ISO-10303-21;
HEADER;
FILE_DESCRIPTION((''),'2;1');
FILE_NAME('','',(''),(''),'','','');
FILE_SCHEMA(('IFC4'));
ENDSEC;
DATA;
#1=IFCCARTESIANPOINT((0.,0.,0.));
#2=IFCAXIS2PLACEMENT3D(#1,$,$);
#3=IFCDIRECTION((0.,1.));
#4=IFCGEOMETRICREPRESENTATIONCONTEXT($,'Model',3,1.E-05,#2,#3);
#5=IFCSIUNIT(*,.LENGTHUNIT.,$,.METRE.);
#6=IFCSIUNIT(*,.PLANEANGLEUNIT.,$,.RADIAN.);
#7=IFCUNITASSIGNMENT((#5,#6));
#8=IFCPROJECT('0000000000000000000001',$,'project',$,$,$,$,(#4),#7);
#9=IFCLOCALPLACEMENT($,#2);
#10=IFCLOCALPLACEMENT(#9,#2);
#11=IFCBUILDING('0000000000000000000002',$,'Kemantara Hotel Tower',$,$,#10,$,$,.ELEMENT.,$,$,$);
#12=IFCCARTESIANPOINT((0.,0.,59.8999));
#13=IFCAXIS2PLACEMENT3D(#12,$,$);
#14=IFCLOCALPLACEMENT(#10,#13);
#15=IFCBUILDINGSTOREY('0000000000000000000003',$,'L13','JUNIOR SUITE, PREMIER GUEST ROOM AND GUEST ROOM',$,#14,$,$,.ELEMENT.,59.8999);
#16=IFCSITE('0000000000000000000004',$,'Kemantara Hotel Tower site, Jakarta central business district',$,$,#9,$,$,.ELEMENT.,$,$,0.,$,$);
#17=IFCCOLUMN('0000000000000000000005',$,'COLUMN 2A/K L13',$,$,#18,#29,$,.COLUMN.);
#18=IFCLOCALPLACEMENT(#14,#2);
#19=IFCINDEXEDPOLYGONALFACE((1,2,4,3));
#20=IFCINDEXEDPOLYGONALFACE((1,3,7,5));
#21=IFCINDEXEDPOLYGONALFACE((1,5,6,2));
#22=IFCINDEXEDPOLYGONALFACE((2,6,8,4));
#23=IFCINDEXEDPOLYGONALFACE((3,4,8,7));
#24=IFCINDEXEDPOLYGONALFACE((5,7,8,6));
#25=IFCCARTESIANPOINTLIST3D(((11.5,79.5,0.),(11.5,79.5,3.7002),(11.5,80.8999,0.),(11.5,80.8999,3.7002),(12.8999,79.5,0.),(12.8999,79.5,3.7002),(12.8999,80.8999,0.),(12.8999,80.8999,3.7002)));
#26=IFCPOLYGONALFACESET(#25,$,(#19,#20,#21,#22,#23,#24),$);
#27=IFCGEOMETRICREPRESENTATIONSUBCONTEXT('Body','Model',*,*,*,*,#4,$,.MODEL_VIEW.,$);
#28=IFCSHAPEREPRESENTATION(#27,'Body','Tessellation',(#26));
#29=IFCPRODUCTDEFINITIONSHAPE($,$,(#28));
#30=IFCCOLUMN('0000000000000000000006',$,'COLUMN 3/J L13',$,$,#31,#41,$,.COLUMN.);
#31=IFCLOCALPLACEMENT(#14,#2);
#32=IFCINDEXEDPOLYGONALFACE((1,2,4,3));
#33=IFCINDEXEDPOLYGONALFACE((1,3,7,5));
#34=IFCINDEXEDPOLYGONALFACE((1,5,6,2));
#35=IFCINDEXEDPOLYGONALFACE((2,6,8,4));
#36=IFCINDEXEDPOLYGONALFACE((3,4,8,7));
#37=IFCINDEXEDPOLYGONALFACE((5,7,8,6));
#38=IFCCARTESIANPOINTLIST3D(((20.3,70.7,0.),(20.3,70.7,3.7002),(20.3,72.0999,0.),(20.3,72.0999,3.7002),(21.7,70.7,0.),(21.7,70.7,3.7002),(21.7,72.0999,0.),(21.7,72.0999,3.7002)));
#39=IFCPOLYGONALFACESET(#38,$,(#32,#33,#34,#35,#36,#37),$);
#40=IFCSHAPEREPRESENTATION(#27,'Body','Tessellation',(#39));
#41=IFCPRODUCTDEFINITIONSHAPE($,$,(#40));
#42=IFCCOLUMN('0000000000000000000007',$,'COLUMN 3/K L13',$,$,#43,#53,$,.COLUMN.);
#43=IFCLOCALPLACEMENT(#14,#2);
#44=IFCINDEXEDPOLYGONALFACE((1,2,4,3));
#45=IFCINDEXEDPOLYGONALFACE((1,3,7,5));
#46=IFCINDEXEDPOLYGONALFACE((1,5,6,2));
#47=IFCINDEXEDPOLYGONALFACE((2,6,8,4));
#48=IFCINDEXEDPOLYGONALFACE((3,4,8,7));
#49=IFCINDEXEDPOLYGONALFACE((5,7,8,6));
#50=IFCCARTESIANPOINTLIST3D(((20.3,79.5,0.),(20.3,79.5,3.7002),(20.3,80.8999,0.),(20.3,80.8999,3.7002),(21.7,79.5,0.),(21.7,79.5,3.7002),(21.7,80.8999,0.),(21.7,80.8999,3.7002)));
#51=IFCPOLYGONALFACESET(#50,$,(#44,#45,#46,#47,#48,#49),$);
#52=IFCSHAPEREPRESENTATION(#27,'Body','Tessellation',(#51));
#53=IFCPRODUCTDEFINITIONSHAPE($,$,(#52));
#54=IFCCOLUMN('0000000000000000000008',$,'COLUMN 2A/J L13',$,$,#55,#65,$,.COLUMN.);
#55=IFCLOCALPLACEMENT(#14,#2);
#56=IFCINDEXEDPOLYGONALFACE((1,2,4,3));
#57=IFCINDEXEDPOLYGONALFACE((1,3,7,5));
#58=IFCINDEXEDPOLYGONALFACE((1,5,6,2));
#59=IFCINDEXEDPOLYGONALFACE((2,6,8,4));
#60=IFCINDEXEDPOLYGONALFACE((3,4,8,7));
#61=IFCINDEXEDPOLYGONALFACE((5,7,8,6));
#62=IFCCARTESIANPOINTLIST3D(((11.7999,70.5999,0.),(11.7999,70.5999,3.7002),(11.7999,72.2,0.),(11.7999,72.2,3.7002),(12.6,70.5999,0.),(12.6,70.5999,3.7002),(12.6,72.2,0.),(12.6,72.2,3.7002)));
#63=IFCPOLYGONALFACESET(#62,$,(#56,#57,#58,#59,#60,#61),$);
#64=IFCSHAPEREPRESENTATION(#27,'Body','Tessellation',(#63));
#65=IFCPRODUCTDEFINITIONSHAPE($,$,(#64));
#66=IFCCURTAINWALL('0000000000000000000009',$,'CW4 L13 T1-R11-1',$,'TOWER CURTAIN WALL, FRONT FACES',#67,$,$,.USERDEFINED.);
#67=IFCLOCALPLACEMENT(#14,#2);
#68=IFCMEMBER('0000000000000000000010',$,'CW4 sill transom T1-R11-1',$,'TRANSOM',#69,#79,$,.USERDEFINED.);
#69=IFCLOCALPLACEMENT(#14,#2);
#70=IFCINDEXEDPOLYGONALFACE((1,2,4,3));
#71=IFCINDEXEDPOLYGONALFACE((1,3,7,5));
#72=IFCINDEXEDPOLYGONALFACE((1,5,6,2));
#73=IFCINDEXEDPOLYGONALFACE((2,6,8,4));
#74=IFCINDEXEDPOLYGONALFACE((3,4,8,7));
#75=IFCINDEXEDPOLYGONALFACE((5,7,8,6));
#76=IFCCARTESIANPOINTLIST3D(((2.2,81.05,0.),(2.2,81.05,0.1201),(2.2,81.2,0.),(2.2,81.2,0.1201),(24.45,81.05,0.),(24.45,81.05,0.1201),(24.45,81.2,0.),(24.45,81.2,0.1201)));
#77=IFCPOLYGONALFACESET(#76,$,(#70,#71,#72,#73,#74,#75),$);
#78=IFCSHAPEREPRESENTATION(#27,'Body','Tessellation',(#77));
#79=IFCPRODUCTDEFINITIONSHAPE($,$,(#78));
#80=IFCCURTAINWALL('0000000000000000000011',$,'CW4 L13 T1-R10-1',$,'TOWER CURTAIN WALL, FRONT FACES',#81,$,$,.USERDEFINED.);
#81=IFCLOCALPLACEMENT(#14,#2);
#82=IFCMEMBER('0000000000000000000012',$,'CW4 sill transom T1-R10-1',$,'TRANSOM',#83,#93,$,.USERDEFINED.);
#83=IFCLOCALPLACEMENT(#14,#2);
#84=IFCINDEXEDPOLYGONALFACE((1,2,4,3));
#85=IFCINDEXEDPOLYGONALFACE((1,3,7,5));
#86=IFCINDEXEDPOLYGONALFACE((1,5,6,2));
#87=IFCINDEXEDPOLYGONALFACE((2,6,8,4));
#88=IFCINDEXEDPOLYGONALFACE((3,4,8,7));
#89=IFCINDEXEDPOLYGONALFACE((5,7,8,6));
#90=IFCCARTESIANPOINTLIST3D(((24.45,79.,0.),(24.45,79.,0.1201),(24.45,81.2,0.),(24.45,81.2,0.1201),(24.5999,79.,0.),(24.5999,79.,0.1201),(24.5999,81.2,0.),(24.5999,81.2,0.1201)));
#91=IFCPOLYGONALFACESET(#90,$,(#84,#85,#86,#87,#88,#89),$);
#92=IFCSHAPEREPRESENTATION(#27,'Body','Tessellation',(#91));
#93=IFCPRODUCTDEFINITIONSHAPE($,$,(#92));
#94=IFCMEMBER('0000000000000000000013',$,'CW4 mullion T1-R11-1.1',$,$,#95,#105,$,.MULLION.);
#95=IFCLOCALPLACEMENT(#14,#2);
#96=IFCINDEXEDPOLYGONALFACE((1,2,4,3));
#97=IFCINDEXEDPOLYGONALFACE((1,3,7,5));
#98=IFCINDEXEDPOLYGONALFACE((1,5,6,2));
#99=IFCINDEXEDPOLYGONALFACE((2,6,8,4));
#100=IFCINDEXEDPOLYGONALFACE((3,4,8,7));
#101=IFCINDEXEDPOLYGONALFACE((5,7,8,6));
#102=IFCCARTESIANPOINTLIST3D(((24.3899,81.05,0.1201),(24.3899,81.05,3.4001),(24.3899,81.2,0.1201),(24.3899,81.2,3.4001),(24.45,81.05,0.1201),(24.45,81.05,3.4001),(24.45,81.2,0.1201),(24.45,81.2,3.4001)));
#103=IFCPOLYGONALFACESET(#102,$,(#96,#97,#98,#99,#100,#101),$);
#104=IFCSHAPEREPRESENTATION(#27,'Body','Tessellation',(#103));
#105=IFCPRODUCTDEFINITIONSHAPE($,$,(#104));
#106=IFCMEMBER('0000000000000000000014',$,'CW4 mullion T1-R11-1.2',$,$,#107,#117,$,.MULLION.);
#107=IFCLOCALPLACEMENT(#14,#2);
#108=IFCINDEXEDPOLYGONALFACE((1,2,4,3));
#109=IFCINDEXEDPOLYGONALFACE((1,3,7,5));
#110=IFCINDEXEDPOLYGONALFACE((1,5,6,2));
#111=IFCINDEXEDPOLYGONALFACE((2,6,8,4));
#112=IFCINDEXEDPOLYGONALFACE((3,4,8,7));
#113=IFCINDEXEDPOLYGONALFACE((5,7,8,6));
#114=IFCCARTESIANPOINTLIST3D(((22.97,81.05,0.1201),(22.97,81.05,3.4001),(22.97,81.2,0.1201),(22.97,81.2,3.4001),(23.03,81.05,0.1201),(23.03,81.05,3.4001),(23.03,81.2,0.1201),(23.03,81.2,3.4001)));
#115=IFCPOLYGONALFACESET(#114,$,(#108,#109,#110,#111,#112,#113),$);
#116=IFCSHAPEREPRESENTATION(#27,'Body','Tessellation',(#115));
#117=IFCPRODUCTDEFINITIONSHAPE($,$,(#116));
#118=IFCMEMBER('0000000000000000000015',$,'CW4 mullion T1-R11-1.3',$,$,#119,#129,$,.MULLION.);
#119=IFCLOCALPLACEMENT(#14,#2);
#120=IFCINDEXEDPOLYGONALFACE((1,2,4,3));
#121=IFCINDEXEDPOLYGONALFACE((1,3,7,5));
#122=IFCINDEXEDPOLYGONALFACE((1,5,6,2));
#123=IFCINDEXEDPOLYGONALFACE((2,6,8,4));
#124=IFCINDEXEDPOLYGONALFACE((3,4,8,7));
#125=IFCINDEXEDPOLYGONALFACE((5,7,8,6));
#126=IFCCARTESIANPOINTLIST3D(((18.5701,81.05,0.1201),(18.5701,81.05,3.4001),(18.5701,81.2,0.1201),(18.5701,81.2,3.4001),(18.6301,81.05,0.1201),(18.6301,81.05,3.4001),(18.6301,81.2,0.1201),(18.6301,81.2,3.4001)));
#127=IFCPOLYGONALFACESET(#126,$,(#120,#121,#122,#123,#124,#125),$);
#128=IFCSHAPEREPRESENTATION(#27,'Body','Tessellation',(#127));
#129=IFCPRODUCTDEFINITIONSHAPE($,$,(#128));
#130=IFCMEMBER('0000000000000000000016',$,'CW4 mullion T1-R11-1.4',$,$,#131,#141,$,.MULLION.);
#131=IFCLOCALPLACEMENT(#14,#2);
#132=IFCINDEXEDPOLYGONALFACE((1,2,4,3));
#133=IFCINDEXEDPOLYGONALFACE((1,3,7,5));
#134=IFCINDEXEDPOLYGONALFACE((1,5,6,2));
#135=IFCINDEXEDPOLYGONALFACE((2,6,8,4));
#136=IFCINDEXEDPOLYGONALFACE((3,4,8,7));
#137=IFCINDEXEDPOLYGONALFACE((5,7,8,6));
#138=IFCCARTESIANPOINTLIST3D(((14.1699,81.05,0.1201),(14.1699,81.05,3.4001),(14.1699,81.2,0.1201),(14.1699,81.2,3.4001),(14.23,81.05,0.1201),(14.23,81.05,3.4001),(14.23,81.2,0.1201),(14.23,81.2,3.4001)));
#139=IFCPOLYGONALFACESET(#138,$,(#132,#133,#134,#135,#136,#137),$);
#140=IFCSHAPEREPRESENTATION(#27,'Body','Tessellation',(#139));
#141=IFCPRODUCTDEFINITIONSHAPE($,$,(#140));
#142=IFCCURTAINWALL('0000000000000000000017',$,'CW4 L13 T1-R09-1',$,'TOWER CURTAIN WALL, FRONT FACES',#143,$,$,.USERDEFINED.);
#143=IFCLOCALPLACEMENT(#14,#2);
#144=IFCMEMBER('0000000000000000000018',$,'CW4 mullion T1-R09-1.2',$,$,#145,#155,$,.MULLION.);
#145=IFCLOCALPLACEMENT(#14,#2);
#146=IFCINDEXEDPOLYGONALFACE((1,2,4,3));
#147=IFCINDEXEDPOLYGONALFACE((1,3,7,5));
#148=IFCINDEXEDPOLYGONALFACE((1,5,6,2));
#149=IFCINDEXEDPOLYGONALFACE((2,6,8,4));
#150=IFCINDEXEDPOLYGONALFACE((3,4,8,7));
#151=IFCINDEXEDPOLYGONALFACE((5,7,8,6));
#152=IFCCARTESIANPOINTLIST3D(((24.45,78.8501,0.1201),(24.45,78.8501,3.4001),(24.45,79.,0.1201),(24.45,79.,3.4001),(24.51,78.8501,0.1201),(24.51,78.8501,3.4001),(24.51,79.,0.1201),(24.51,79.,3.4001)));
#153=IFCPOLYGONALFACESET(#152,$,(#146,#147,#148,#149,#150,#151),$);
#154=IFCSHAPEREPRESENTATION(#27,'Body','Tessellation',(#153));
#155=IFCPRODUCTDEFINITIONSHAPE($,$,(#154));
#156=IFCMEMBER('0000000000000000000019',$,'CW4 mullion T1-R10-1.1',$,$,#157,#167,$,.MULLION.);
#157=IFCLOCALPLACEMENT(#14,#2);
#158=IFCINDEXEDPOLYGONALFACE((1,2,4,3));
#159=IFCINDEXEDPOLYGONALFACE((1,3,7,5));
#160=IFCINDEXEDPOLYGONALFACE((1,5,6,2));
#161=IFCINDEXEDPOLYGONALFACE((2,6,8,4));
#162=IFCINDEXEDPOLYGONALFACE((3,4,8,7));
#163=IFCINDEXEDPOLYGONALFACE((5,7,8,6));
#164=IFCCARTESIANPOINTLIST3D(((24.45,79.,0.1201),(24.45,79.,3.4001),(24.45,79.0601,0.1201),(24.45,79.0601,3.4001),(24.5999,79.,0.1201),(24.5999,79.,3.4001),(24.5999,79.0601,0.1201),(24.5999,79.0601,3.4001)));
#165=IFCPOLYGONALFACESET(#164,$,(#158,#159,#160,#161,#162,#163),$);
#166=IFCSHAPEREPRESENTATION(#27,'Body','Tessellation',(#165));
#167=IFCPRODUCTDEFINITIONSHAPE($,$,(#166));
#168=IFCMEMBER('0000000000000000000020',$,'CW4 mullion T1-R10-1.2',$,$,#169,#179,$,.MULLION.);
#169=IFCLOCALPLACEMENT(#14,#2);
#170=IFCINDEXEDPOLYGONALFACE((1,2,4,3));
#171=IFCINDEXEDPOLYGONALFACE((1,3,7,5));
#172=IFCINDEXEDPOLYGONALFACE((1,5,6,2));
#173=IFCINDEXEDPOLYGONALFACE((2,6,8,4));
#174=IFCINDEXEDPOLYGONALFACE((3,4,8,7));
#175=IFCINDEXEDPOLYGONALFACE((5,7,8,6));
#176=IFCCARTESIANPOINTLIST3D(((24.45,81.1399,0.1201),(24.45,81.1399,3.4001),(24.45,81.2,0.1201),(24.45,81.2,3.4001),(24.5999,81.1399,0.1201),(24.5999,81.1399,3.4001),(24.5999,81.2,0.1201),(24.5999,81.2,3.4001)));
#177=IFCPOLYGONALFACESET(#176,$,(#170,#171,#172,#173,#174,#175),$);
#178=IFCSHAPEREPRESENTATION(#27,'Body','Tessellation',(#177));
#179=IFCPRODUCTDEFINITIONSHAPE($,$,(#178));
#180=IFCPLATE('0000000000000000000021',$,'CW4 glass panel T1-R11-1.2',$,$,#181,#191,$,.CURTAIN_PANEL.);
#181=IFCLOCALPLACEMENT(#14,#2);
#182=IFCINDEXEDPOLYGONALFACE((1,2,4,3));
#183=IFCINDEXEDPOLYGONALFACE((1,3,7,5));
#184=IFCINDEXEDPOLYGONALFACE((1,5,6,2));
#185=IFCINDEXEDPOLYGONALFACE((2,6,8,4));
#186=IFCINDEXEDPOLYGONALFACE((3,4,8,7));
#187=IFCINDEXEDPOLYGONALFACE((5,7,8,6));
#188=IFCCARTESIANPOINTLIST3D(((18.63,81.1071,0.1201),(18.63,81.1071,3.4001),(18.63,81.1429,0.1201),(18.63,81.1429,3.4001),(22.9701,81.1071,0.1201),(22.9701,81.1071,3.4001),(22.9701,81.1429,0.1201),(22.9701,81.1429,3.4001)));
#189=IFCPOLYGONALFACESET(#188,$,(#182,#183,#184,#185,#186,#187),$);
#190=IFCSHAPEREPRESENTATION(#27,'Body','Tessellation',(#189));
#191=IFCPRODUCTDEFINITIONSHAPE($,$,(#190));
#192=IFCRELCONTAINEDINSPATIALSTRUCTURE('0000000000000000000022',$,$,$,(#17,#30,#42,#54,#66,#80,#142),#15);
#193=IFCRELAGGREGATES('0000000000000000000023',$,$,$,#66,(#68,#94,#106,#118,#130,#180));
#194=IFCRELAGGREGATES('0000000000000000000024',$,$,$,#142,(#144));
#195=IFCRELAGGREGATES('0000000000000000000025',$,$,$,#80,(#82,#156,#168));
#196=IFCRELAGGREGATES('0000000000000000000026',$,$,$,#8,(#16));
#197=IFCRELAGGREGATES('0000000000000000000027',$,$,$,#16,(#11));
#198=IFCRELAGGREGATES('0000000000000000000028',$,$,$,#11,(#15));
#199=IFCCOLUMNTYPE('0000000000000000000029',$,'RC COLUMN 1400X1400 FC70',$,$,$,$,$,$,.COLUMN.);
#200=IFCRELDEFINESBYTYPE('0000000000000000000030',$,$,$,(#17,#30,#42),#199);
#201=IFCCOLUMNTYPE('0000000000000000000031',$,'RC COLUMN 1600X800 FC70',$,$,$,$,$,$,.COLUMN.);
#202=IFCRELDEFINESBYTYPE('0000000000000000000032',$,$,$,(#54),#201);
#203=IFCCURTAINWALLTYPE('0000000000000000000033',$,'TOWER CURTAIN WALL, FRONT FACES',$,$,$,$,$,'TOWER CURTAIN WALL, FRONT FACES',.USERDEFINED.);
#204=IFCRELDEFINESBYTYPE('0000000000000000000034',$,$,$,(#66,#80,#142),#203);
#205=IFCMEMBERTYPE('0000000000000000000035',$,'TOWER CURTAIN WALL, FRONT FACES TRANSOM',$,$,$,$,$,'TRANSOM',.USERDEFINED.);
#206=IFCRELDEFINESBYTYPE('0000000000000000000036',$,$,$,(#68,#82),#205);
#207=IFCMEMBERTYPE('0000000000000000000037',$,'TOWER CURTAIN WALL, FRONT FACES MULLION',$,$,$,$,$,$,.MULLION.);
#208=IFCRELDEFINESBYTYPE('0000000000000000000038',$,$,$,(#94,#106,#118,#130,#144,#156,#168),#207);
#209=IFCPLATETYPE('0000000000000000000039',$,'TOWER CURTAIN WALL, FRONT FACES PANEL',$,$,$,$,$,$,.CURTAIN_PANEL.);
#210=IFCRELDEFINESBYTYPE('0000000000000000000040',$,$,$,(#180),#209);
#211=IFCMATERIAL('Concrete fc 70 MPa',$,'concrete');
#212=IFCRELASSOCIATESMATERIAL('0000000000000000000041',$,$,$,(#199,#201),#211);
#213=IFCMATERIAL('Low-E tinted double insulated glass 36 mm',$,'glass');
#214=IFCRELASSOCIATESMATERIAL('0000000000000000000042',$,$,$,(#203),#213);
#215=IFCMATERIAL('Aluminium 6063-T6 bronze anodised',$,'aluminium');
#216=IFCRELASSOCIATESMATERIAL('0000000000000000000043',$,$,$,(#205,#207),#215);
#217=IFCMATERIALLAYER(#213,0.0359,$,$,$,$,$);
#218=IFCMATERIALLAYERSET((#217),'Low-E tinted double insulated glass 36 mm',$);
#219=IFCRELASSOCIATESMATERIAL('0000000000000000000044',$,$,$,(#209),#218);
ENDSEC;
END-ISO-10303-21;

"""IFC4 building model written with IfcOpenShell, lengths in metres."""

from ifc_helpers import new_model, si_unit, direction, frame, origin, origin_2d, place, context, subcontext, project, spatial, rectangle, extrude, source, transform, mapped, material, layer, layer_set, material_profile, profile_set, type_object, element, aggregate, save


model = new_model("IFC4")

# Units and contexts
model_context = context("Model", 3, precision=1e-05, world=origin(), true_north=direction((0.0, 1.0)))
body_context = subcontext(model_context, "Body", "Model", "MODEL_VIEW")
ifc_project = project(units=[si_unit("LENGTHUNIT", "METRE"), si_unit("PLANEANGLEUNIT", "RADIAN")], contexts=[model_context])

# Site, building, storey
site_placement = place(None, origin())
site = spatial("IfcSite", under=ifc_project, at=site_placement, Name="Kemantara Hotel Tower site, Jakarta central business district", CompositionType="ELEMENT", RefElevation=0.0)
building_placement = place(site_placement, origin())
building = spatial("IfcBuilding", under=site, at=building_placement, Name="Kemantara Hotel Tower", CompositionType="ELEMENT")
storey_placement = place(building_placement, frame((0.0, 0.0, 59.8999)))
storey = spatial("IfcBuildingStorey", under=building, at=storey_placement, Name="L13", Description="JUNIOR SUITE, PREMIER GUEST ROOM AND GUEST ROOM", CompositionType="ELEMENT", Elevation=59.8999)

# Columns
ifc_material_1 = material(Name="Concrete fc 70 MPa", Category="concrete")
ifc_material_profile_1 = material_profile(ifc_material_1, rectangle(XDim=1.3999, YDim=1.3999, at=origin_2d()), Name="RC 1400X1400")
ifc_profile_set_1 = profile_set([ifc_material_profile_1], Name="Concrete fc 70 MPa")
column_type_1 = type_object("IfcColumnType", Name="RC COLUMN 1400X1400 FC70", PredefinedType="COLUMN", material=ifc_profile_set_1)
for number, where, z_axis, x_axis, name in (
    (1, (12.2, 80.2, 0.0), (0.0, 0.0, 1.0), (1.0, 0.0, 0.0), "COLUMN 2A/K L13"),
    (2, (21.0, 71.3999, 0.0), (0.0, 0.0, 1.0), (1.0, 0.0, 0.0), "COLUMN 3/J L13"),
    (3, (21.0, 80.2, 0.0), (0.0, 0.0, 1.0), (1.0, 0.0, 0.0), "COLUMN 3/K L13"),
):
    element("IfcColumn", number, at=place(storey_placement, frame(where, z_axis=z_axis, x_axis=x_axis)), inside=storey, type_object=column_type_1, Name=name, PredefinedType="COLUMN", context=body_context, shape_type="SweptSolid", body=[
        extrude(rectangle(XDim=1.3999, YDim=1.3999, at=origin_2d()), origin(), (0.0, 0.0, 1.0), 3.7002),
    ])
ifc_material_profile_2 = material_profile(ifc_material_1, rectangle(XDim=1.6001, YDim=0.8, at=origin_2d()), Name="RC 1600X800")
ifc_profile_set_2 = profile_set([ifc_material_profile_2], Name="Concrete fc 70 MPa")
column_type_2 = type_object("IfcColumnType", Name="RC COLUMN 1600X800 FC70", PredefinedType="COLUMN", material=ifc_profile_set_2)
column_placement = place(storey_placement, frame((12.2, 71.3999, 0.0), z_axis=(0.0, 0.0, 1.0), x_axis=(0.0, 1.0, 0.0)))
element("IfcColumn", 4, at=column_placement, inside=storey, type_object=column_type_2, Name="COLUMN 2A/J L13", PredefinedType="COLUMN", context=body_context, shape_type="SweptSolid", body=[
    extrude(rectangle(XDim=1.6001, YDim=0.8, at=origin_2d()), origin(), (0.0, 0.0, 1.0), 3.7002),
])

# Curtain walls, members
ifc_material_2 = material(Name="Low-E tinted double insulated glass 36 mm", Category="glass")
curtain_wall_type = type_object("IfcCurtainWallType", Name="TOWER CURTAIN WALL, FRONT FACES", ElementType="TOWER CURTAIN WALL, FRONT FACES", PredefinedType="USERDEFINED", material=ifc_material_2)
curtain_wall_1_placement = place(storey_placement, origin())
curtain_wall_1 = element("IfcCurtainWall", 5, at=curtain_wall_1_placement, inside=storey, type_object=curtain_wall_type, Name="CW4 L13 T1-R11-1", ObjectType="TOWER CURTAIN WALL, FRONT FACES", PredefinedType="USERDEFINED")
ifc_material_3 = material(Name="Aluminium 6063-T6 bronze anodised", Category="aluminium")
ifc_material_profile_3 = material_profile(ifc_material_3, rectangle(XDim=0.1499, YDim=0.1201, at=origin_2d()), Name="TOWER CURTAIN WALL, FRONT FACES TRANSOM")
ifc_profile_set_3 = profile_set([ifc_material_profile_3], Name="Aluminium 6063-T6 bronze anodised")
member_type_1 = type_object("IfcMemberType", Name="TOWER CURTAIN WALL, FRONT FACES TRANSOM", ElementType="TRANSOM", PredefinedType="USERDEFINED", material=ifc_profile_set_3)
member_1_placement = place(storey_placement, frame((24.45, 81.125, 0.0601), z_axis=(-1.0, 0.0, 0.0), x_axis=(0.0, -1.0, 0.0)))
member_1 = element("IfcMember", 6, at=member_1_placement, type_object=member_type_1, Name="CW4 sill transom T1-R11-1", ObjectType="TRANSOM", PredefinedType="USERDEFINED", context=body_context, shape_type="SweptSolid", body=[
    extrude(rectangle(XDim=0.1499, YDim=0.1201, at=origin_2d()), origin(), (0.0, 0.0, 1.0), 22.25),
])
curtain_wall_2_placement = place(storey_placement, origin())
curtain_wall_2 = element("IfcCurtainWall", 7, at=curtain_wall_2_placement, inside=storey, type_object=curtain_wall_type, Name="CW4 L13 T1-R10-1", ObjectType="TOWER CURTAIN WALL, FRONT FACES", PredefinedType="USERDEFINED")
member_2_placement = place(storey_placement, frame((24.5249, 79.0, 0.0601), z_axis=(0.0, 1.0, 0.0), x_axis=(-1.0, 0.0, 0.0)))
member_2 = element("IfcMember", 8, at=member_2_placement, type_object=member_type_1, Name="CW4 sill transom T1-R10-1", ObjectType="TRANSOM", PredefinedType="USERDEFINED", context=body_context, shape_type="SweptSolid", body=[
    extrude(rectangle(XDim=0.1499, YDim=0.1201, at=origin_2d()), origin(), (0.0, 0.0, 1.0), 2.2),
])

# Members
ifc_material_profile_4 = material_profile(ifc_material_3, rectangle(XDim=0.1499, YDim=0.0601, at=origin_2d()), Name="TOWER CURTAIN WALL, FRONT FACES MULLION")
ifc_profile_set_4 = profile_set([ifc_material_profile_4], Name="Aluminium 6063-T6 bronze anodised")
member_type_2 = type_object("IfcMemberType", Name="TOWER CURTAIN WALL, FRONT FACES MULLION", PredefinedType="MULLION", material=ifc_profile_set_4)
shared_shape_1 = source(origin(), body_context, "Body", "SweptSolid", [
    extrude(rectangle(XDim=0.1499, YDim=0.0601, at=origin_2d()), origin(), (0.0, 0.0, 1.0), 3.28),
])
member_3_placement = place(storey_placement, frame((24.4199, 81.125, 0.1201), z_axis=(0.0, 0.0, 1.0), x_axis=(0.0, -1.0, 0.0)))
member_3 = element("IfcMember", 9, at=member_3_placement, type_object=member_type_2, Name="CW4 mullion T1-R11-1.1", PredefinedType="MULLION", context=body_context, shape_type="MappedRepresentation", body=[
    mapped(shared_shape_1, transform((0.0, 0.0, 0.0))),
])
member_4_placement = place(storey_placement, frame((23.0, 81.125, 0.1201), z_axis=(0.0, 0.0, 1.0), x_axis=(0.0, -1.0, 0.0)))
member_4 = element("IfcMember", 10, at=member_4_placement, type_object=member_type_2, Name="CW4 mullion T1-R11-1.2", PredefinedType="MULLION", context=body_context, shape_type="MappedRepresentation", body=[
    mapped(shared_shape_1, transform((0.0, 0.0, 0.0))),
])
member_5_placement = place(storey_placement, frame((18.6001, 81.125, 0.1201), z_axis=(0.0, 0.0, 1.0), x_axis=(0.0, -1.0, 0.0)))
member_5 = element("IfcMember", 11, at=member_5_placement, type_object=member_type_2, Name="CW4 mullion T1-R11-1.3", PredefinedType="MULLION", context=body_context, shape_type="MappedRepresentation", body=[
    mapped(shared_shape_1, transform((0.0, 0.0, 0.0))),
])
member_6_placement = place(storey_placement, frame((14.2, 81.125, 0.1201), z_axis=(0.0, 0.0, 1.0), x_axis=(0.0, -1.0, 0.0)))
member_6 = element("IfcMember", 12, at=member_6_placement, type_object=member_type_2, Name="CW4 mullion T1-R11-1.4", PredefinedType="MULLION", context=body_context, shape_type="MappedRepresentation", body=[
    mapped(shared_shape_1, transform((0.0, 0.0, 0.0))),
])

# Curtain wall, member
curtain_wall_3_placement = place(storey_placement, origin())
curtain_wall_3 = element("IfcCurtainWall", 13, at=curtain_wall_3_placement, inside=storey, type_object=curtain_wall_type, Name="CW4 L13 T1-R09-1", ObjectType="TOWER CURTAIN WALL, FRONT FACES", PredefinedType="USERDEFINED")
member_7_placement = place(storey_placement, frame((24.48, 78.925, 0.1201), z_axis=(0.0, 0.0, 1.0), x_axis=(0.0, -1.0, 0.0)))
member_7 = element("IfcMember", 14, at=member_7_placement, type_object=member_type_2, Name="CW4 mullion T1-R09-1.2", PredefinedType="MULLION", context=body_context, shape_type="MappedRepresentation", body=[
    mapped(shared_shape_1, transform((0.0, 0.0, 0.0))),
])

# Members
member_8_placement = place(storey_placement, frame((24.5249, 79.03, 0.1201), z_axis=(0.0, 0.0, 1.0), x_axis=(-1.0, 0.0, 0.0)))
member_8 = element("IfcMember", 15, at=member_8_placement, type_object=member_type_2, Name="CW4 mullion T1-R10-1.1", PredefinedType="MULLION", context=body_context, shape_type="MappedRepresentation", body=[
    mapped(shared_shape_1, transform((0.0, 0.0, 0.0))),
])
member_9_placement = place(storey_placement, frame((24.5249, 81.1699, 0.1201), z_axis=(0.0, 0.0, 1.0), x_axis=(-1.0, 0.0, 0.0)))
member_9 = element("IfcMember", 16, at=member_9_placement, type_object=member_type_2, Name="CW4 mullion T1-R10-1.2", PredefinedType="MULLION", context=body_context, shape_type="MappedRepresentation", body=[
    mapped(shared_shape_1, transform((0.0, 0.0, 0.0))),
])

# Plate
ifc_layer_1 = layer(ifc_material_2, 0.0359)
ifc_layer_set_1 = layer_set([ifc_layer_1], Name="Low-E tinted double insulated glass 36 mm")
plate_type = type_object("IfcPlateType", Name="TOWER CURTAIN WALL, FRONT FACES PANEL", PredefinedType="CURTAIN_PANEL", material=ifc_layer_set_1)
shared_shape_2 = source(origin(), body_context, "Body", "SweptSolid", [
    extrude(rectangle(XDim=4.3401, YDim=0.0359, at=origin_2d()), origin(), (0.0, 0.0, 1.0), 3.28),
])
plate_1_placement = place(storey_placement, frame((20.8, 81.125, 0.1201), z_axis=(0.0, 0.0, 1.0), x_axis=(-1.0, 0.0, 0.0)))
plate_1 = element("IfcPlate", 17, at=plate_1_placement, type_object=plate_type, Name="CW4 glass panel T1-R11-1.2", PredefinedType="CURTAIN_PANEL", context=body_context, shape_type="MappedRepresentation", body=[
    mapped(shared_shape_2, transform((0.0, 0.0, 0.0))),
])
aggregate(curtain_wall_1, [member_1, member_3, member_4, member_5, member_6, plate_1])
aggregate(curtain_wall_3, [member_7])
aggregate(curtain_wall_2, [member_2, member_8, member_9])

save(model, "model.ifc")
